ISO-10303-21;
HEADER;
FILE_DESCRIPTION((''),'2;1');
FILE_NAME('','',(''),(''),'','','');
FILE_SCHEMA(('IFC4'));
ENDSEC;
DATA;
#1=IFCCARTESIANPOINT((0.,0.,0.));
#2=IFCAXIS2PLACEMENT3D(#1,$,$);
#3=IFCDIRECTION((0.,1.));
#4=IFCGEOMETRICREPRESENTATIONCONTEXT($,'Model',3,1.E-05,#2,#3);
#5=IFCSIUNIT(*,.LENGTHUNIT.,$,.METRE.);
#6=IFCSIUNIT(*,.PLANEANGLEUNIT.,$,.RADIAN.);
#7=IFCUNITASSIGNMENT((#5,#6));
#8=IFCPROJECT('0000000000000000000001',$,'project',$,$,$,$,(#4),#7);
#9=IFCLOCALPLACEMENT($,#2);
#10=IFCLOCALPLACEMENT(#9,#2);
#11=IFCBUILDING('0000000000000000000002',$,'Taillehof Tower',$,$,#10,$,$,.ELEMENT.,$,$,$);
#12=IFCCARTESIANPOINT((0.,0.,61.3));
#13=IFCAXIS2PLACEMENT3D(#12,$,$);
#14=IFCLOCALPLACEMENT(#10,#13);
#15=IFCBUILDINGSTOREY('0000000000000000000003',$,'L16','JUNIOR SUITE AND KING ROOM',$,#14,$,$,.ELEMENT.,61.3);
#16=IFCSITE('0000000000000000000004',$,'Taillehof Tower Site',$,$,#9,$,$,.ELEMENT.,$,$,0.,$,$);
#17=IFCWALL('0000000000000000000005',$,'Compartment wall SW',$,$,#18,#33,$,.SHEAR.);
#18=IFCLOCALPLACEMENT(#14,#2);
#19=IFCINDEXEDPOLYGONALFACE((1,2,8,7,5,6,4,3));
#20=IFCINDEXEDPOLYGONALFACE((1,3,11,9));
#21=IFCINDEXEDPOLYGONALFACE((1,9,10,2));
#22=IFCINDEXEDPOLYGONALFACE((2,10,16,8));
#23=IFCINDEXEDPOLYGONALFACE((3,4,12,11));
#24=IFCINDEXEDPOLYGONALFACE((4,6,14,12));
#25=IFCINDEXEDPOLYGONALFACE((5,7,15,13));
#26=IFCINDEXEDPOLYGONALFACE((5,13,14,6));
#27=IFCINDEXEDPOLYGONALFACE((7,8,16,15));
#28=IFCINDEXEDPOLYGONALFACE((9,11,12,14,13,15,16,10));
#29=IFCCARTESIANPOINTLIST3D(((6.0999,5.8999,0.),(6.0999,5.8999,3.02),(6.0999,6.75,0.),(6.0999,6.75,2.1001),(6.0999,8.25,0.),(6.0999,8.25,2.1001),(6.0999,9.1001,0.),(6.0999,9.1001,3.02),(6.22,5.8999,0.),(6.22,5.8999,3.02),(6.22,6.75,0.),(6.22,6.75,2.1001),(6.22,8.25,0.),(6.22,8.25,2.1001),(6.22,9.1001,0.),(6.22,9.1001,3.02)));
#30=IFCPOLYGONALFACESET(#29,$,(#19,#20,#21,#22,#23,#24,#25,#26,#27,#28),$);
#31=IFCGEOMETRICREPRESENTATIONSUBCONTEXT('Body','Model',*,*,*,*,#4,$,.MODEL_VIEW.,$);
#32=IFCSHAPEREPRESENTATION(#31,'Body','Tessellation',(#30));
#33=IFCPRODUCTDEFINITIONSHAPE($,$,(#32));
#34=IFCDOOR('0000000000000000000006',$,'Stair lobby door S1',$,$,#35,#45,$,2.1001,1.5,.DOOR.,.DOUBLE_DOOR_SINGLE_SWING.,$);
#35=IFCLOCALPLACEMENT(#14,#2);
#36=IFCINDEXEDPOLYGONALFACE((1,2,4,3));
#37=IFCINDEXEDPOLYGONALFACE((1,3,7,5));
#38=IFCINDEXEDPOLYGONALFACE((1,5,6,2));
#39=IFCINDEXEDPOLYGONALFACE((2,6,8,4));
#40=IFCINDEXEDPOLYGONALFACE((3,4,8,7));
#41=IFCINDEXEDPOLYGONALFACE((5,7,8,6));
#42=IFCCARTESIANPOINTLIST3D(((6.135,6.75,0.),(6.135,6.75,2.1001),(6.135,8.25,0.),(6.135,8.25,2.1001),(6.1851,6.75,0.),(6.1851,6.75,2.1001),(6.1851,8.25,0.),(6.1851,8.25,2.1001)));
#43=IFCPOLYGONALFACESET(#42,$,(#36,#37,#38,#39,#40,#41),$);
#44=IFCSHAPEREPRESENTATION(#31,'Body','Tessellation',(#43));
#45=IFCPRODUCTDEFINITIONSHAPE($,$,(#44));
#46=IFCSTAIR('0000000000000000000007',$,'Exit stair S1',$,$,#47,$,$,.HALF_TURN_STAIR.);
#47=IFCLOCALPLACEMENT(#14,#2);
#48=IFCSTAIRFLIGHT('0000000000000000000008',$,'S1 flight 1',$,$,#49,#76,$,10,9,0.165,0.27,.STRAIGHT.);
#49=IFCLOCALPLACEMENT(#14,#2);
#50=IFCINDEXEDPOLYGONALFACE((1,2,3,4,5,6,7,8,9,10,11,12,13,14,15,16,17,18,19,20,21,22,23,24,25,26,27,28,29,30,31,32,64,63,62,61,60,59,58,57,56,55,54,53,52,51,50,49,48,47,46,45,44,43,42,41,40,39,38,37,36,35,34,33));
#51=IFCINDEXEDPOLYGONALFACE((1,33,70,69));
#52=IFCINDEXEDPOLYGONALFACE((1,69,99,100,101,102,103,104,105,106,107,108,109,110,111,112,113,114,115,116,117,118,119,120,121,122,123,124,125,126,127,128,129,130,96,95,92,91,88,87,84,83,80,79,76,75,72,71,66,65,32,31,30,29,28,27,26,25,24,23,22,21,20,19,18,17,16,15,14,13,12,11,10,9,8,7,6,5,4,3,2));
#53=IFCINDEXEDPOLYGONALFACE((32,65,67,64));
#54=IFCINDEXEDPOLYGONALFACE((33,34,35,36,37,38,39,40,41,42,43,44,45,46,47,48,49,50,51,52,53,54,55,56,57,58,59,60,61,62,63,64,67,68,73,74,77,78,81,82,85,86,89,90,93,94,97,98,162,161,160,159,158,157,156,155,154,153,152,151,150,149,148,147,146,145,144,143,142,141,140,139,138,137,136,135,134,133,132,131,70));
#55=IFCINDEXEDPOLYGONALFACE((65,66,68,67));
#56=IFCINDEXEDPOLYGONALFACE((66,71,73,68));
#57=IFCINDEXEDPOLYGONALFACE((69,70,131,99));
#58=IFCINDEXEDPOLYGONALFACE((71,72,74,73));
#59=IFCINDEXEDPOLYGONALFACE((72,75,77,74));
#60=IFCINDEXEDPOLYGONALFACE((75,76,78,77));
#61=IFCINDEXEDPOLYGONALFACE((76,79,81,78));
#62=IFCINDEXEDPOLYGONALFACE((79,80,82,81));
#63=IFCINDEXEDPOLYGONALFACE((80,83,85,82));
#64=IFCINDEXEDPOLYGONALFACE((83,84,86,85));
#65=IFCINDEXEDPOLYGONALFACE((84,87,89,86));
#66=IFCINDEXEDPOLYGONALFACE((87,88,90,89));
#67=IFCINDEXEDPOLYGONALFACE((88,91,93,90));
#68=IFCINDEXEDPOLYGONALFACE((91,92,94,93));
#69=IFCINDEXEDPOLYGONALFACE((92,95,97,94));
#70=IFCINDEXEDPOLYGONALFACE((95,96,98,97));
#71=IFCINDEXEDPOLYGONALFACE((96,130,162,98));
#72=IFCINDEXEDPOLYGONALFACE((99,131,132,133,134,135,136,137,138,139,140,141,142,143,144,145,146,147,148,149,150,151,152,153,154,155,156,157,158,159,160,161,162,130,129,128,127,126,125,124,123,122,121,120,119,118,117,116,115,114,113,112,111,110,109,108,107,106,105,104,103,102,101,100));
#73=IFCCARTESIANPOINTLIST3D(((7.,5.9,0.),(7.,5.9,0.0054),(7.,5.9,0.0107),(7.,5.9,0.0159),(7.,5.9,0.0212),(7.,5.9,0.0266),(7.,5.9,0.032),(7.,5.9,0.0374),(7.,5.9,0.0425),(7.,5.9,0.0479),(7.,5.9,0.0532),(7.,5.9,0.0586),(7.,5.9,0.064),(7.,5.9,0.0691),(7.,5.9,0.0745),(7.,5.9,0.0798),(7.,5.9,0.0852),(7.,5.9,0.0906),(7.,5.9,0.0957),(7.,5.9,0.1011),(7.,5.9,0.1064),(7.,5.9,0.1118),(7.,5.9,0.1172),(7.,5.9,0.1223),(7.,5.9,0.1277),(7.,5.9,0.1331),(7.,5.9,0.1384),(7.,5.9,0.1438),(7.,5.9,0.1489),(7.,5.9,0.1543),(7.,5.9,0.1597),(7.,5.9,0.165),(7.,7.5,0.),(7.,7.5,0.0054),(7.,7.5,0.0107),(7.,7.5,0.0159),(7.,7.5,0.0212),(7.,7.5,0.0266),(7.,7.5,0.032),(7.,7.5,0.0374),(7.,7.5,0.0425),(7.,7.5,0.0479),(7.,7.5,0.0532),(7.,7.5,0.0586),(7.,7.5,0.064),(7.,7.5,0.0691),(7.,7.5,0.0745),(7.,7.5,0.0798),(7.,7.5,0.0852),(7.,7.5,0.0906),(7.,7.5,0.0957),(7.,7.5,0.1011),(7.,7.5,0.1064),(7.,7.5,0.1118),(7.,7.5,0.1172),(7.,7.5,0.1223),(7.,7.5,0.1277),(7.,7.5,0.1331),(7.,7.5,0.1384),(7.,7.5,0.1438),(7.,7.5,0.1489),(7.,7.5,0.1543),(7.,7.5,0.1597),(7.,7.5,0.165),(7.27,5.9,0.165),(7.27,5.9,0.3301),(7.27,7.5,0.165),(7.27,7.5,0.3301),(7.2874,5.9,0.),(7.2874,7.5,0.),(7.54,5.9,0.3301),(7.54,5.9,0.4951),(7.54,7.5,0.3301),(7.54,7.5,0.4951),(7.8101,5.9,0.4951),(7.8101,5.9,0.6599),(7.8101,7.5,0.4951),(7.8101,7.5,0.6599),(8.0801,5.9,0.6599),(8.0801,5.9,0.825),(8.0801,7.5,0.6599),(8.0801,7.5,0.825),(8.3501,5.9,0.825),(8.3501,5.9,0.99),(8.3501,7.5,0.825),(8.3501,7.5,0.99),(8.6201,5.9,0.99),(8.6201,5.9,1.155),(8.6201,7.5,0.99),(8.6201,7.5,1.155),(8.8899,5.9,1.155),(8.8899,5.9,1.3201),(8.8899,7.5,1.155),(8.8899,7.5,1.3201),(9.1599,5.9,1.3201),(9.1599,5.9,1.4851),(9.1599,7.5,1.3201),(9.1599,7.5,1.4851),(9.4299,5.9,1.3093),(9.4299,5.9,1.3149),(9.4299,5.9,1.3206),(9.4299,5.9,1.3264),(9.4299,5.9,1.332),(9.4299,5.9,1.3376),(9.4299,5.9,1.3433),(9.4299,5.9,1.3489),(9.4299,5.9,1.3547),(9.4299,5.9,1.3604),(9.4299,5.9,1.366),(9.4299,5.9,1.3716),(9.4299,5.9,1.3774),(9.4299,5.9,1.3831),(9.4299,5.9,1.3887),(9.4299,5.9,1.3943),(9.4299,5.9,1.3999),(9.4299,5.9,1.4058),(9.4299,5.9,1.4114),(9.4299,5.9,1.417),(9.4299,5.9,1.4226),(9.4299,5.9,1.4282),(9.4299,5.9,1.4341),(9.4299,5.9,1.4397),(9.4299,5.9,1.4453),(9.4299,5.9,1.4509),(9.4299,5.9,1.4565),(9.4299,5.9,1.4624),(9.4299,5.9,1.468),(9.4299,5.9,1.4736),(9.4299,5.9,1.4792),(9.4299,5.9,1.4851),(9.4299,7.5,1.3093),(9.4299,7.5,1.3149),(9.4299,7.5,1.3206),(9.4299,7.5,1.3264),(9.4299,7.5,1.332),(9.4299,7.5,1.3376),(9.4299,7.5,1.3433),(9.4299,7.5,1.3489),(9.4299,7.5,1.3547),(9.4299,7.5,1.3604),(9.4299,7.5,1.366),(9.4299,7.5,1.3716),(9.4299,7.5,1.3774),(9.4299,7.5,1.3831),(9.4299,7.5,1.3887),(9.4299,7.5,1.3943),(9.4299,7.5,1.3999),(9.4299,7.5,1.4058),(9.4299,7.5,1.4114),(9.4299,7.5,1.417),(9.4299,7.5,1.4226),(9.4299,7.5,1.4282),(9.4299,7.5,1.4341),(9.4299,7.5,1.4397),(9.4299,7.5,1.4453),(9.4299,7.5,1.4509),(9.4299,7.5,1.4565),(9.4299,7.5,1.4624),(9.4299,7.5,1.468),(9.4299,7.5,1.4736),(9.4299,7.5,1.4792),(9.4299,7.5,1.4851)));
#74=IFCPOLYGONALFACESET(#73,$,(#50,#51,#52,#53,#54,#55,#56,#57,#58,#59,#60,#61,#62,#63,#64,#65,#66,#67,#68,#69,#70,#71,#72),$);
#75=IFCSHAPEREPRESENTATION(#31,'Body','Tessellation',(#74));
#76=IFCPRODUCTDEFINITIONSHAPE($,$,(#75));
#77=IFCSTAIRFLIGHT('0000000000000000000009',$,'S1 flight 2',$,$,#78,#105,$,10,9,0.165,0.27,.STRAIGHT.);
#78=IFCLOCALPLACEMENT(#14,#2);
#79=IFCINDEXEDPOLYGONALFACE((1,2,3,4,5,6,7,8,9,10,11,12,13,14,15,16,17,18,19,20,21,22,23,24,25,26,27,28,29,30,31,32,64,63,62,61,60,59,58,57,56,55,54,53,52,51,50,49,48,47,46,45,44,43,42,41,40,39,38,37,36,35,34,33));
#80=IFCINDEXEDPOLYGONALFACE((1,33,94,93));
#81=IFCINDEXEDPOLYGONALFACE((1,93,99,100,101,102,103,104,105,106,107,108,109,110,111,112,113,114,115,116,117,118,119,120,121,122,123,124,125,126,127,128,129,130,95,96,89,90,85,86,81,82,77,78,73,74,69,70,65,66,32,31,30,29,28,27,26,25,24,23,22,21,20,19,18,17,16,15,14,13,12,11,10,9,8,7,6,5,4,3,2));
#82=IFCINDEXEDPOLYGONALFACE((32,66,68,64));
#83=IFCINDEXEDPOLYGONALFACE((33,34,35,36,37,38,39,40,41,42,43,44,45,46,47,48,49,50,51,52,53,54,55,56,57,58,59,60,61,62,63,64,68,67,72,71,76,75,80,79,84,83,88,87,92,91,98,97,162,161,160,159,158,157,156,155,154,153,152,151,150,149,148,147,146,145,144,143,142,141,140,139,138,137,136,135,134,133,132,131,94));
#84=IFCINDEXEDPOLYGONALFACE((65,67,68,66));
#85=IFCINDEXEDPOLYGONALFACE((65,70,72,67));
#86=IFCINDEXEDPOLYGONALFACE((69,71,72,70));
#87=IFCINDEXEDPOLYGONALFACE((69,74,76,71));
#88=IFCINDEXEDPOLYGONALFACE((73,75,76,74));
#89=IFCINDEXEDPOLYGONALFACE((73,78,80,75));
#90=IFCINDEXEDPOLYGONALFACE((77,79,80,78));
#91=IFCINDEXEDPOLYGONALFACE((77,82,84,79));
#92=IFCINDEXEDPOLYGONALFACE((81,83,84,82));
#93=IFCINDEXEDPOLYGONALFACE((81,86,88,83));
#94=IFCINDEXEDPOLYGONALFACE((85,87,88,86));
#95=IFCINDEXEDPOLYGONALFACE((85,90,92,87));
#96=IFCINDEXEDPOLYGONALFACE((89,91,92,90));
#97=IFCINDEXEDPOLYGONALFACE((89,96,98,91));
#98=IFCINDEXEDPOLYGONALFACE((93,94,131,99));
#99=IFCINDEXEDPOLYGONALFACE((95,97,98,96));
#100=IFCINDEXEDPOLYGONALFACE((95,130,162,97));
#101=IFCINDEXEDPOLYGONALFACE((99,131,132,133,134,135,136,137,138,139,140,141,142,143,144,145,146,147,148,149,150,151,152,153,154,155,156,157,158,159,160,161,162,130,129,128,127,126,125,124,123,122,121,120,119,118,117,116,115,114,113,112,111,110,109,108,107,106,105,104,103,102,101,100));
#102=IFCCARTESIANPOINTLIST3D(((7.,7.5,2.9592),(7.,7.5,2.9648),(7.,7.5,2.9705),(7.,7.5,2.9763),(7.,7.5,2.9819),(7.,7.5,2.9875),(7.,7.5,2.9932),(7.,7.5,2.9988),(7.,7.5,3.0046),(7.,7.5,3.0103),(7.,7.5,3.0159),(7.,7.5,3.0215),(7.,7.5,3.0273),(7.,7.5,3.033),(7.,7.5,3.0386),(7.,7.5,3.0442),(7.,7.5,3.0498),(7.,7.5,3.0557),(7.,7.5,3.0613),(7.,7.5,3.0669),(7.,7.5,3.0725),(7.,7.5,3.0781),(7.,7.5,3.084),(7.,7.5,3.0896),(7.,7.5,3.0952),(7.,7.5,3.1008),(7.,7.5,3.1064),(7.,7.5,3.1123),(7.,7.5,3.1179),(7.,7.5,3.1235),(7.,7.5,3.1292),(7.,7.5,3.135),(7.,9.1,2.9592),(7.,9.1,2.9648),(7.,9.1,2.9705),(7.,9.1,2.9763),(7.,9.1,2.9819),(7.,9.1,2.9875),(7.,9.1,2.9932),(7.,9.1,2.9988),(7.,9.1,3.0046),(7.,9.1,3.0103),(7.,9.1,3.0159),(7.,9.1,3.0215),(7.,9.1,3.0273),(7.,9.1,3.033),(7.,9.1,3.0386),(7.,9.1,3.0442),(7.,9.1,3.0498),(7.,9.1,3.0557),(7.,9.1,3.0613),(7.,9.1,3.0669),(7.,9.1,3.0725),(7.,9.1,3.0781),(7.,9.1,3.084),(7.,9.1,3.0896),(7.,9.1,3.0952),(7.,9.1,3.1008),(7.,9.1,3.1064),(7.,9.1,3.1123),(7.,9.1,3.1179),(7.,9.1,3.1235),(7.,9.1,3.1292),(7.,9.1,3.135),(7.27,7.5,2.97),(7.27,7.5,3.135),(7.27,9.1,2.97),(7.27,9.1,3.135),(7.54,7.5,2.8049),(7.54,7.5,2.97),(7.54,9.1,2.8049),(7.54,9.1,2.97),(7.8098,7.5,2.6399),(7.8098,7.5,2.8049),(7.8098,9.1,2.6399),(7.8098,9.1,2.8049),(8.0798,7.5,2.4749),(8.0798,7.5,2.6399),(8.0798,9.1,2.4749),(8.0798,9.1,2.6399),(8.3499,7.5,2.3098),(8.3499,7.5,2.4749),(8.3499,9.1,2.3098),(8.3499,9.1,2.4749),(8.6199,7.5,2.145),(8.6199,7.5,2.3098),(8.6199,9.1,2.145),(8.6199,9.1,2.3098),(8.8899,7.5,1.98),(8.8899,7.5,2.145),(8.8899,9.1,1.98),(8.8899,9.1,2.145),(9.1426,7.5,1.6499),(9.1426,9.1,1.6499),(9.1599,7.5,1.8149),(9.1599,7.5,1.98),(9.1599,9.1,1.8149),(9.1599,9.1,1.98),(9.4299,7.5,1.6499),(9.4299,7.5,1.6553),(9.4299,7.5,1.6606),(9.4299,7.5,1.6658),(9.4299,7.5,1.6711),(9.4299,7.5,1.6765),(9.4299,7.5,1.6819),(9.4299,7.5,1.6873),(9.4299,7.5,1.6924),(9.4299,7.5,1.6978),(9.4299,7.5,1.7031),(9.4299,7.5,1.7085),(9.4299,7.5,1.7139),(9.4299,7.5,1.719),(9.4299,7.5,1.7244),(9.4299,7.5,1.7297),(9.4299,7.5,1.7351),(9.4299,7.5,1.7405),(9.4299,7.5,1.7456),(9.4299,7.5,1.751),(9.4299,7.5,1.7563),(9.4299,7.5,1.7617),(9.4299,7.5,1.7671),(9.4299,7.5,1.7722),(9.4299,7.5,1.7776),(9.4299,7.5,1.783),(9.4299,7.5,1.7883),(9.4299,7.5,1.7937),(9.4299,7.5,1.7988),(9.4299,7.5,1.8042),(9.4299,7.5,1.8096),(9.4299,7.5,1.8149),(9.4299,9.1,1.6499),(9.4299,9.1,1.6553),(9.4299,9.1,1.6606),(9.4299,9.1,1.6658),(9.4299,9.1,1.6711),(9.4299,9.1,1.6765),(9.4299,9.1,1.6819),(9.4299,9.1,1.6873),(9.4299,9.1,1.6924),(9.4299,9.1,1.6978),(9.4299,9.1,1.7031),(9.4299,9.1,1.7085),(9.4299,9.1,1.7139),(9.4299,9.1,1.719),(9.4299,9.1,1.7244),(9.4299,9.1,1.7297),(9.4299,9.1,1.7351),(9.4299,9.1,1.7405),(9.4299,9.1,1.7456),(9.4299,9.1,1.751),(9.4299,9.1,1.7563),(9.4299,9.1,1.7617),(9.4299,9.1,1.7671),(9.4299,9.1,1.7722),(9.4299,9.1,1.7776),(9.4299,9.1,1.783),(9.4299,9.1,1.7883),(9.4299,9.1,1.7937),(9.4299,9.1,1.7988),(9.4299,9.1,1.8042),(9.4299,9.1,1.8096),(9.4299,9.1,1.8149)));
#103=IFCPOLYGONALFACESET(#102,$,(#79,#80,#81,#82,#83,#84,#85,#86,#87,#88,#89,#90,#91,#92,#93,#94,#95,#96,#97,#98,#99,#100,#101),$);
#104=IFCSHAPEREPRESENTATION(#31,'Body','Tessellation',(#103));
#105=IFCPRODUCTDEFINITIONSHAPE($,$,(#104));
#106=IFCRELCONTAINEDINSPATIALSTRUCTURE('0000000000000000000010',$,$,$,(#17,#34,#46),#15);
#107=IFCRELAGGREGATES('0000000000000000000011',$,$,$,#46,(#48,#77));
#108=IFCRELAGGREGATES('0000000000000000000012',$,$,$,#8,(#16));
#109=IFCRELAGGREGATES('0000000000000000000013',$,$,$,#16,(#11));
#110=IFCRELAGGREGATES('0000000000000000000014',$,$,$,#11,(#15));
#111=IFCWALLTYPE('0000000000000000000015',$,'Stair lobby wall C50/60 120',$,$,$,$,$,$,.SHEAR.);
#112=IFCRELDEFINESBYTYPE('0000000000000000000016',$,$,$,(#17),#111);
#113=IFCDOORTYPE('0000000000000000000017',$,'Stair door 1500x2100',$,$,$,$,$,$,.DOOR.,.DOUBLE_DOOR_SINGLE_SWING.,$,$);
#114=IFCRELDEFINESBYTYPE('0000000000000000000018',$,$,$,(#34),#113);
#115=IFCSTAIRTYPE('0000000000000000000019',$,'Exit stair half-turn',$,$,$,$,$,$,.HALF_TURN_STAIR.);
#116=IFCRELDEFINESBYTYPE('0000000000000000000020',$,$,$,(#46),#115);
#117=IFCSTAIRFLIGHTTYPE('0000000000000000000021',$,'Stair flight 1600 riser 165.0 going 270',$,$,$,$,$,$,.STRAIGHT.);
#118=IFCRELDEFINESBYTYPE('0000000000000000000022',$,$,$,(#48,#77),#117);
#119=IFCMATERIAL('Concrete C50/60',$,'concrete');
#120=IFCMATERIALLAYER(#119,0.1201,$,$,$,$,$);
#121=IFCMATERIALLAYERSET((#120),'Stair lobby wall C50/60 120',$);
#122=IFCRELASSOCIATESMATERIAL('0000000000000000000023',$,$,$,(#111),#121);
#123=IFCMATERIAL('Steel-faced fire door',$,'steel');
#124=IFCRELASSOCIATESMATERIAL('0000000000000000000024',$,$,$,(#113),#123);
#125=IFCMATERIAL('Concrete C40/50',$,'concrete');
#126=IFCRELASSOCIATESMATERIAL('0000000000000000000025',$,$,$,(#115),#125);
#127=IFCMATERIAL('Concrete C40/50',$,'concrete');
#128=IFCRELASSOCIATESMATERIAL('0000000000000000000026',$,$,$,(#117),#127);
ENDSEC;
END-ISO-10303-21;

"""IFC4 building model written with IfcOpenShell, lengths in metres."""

from ifc_helpers import new_model, si_unit, direction, frame, frame_2d, origin, place, context, subcontext, project, spatial, polyline, rectangle, outline, extrude, material, layer, layer_set, type_object, element, fill, aggregate, save


model = new_model("IFC4")

# Units and contexts
model_context = context("Model", 3, precision=1e-05, world=origin(), true_north=direction((0.0, 1.0)))
body_context = subcontext(model_context, "Body", "Model", "MODEL_VIEW")
ifc_project = project(units=[si_unit("LENGTHUNIT", "METRE"), si_unit("PLANEANGLEUNIT", "RADIAN")], contexts=[model_context])

# Site, building, storey
site_placement = place(None, origin())
site = spatial("IfcSite", under=ifc_project, at=site_placement, Name="Taillehof Tower Site", CompositionType="ELEMENT", RefElevation=0.0)
building_placement = place(site_placement, origin())
building = spatial("IfcBuilding", under=site, at=building_placement, Name="Taillehof Tower", CompositionType="ELEMENT")
storey_placement = place(building_placement, frame((0.0, 0.0, 61.3)))
storey = spatial("IfcBuildingStorey", under=building, at=storey_placement, Name="L16", Description="JUNIOR SUITE AND KING ROOM", CompositionType="ELEMENT", Elevation=61.3)

# Wall, opening, door
ifc_material_1 = material(Name="Concrete C50/60", Category="concrete")
ifc_layer_1 = layer(ifc_material_1, 0.1201)
ifc_layer_set_1 = layer_set([ifc_layer_1], Name="Stair lobby wall C50/60 120")
wall_type_1 = type_object("IfcWallType", Name="Stair lobby wall C50/60 120", PredefinedType="SHEAR", material=ifc_layer_set_1)
wall_1_placement = place(storey_placement, frame((6.1599, 5.8999, 0.0), z_axis=(0.0, 0.0, 1.0), x_axis=(0.0, 1.0, 0.0)))
wall_1 = element("IfcWall", 1, at=wall_1_placement, inside=storey, type_object=wall_type_1, Name="Compartment wall SW", PredefinedType="SHEAR", context=body_context, shape_type="SweptSolid", body=[
    extrude(rectangle(XDim=3.2002, YDim=0.1201, at=frame_2d((1.6001, 0.0))), origin(), (0.0, 0.0, 1.0), 3.02),
])
opening_1_placement = place(wall_1_placement, frame((0.8501, 0.0, 0.0)))
opening_1 = element("IfcOpeningElement", 2, at=opening_1_placement, cuts=wall_1, PredefinedType="OPENING", context=body_context, shape_type="SweptSolid", body=[
    extrude(rectangle(XDim=1.5, YDim=2.1001, at=frame_2d((0.75, 1.05))), frame((0.0, 0.0701, 0.0), z_axis=(0.0, -1.0, 0.0), x_axis=(1.0, 0.0, 0.0)), (0.0, 0.0, 1.0), 0.1401),
])
ifc_material_2 = material(Name="Steel-faced fire door", Category="steel")
door_type_1 = type_object("IfcDoorType", Name="Stair door 1500x2100", OperationType="DOUBLE_DOOR_SINGLE_SWING", PredefinedType="DOOR", material=ifc_material_2)
door_1_placement = place(opening_1_placement, origin())
door_1 = element("IfcDoor", 3, at=door_1_placement, inside=storey, type_object=door_type_1, Name="Stair lobby door S1", OperationType="DOUBLE_DOOR_SINGLE_SWING", OverallHeight=2.1001, OverallWidth=1.5, PredefinedType="DOOR", context=body_context, shape_type="SweptSolid", body=[
    extrude(rectangle(XDim=1.5, YDim=2.1001, at=frame_2d((0.75, 1.05))), frame((0.0, 0.0249, 0.0), z_axis=(0.0, -1.0, 0.0), x_axis=(1.0, 0.0, 0.0)), (0.0, 0.0, 1.0), 0.05),
])
fill(opening_1, door_1)

# Stair, stair flights
ifc_material_3 = material(Name="Concrete C40/50", Category="concrete")
stair_type = type_object("IfcStairType", Name="Exit stair half-turn", PredefinedType="HALF_TURN_STAIR", material=ifc_material_3)
stair_placement = place(storey_placement, origin())
stair = element("IfcStair", 4, at=stair_placement, inside=storey, type_object=stair_type, Name="Exit stair S1", PredefinedType="HALF_TURN_STAIR")
ifc_material_4 = material(Name="Concrete C40/50", Category="concrete")
stair_flight_type = type_object("IfcStairFlightType", Name="Stair flight 1600 riser 165.0 going 270", PredefinedType="STRAIGHT", material=ifc_material_4)
stair_flight_1_placement = place(storey_placement, frame((7.0, 6.7, 0.0), z_axis=(0.0, 0.0, 1.0), x_axis=(1.0, 0.0, 0.0)))
stair_flight_1 = element("IfcStairFlight", 5, at=stair_flight_1_placement, type_object=stair_flight_type, Name="S1 flight 1", NumberOfRisers=10, NumberOfTreads=9, PredefinedType="STRAIGHT", RiserHeight=0.165, TreadLength=0.27, context=body_context, shape_type="SweptSolid", body=[
    extrude(outline(polyline([(0.0, 0.0), (0.0, 0.0054), (0.0, 0.0107), (0.0, 0.0159), (0.0, 0.0212), (0.0, 0.0266), (0.0, 0.032), (0.0, 0.0374), (0.0, 0.0425), (0.0, 0.0479), (0.0, 0.0532), (0.0, 0.0586), (0.0, 0.064), (0.0, 0.0691), (0.0, 0.0745), (0.0, 0.0798), (0.0, 0.0852), (0.0, 0.0906), (0.0, 0.0957), (0.0, 0.1011), (0.0, 0.1064), (0.0, 0.1118), (0.0, 0.1172), (0.0, 0.1223), (0.0, 0.1277), (0.0, 0.1331), (0.0, 0.1384), (0.0, 0.1438), (0.0, 0.1489), (0.0, 0.1543), (0.0, 0.1597), (0.0, 0.165), (0.27, 0.165), (0.27, 0.3301), (0.54, 0.3301), (0.54, 0.4951), (0.8101, 0.4951), (0.8101, 0.6599), (1.0801, 0.6599), (1.0801, 0.825), (1.3501, 0.825), (1.3501, 0.99), (1.6201, 0.99), (1.6201, 1.155), (1.8899, 1.155), (1.8899, 1.3201), (2.1599, 1.3201), (2.1599, 1.4851), (2.4299, 1.4851), (2.4299, 1.4792), (2.4299, 1.4736), (2.4299, 1.468), (2.4299, 1.4624), (2.4299, 1.4565), (2.4299, 1.4509), (2.4299, 1.4453), (2.4299, 1.4397), (2.4299, 1.4341), (2.4299, 1.4282), (2.4299, 1.4226), (2.4299, 1.417), (2.4299, 1.4114), (2.4299, 1.4058), (2.4299, 1.3999), (2.4299, 1.3943), (2.4299, 1.3887), (2.4299, 1.3831), (2.4299, 1.3774), (2.4299, 1.3716), (2.4299, 1.366), (2.4299, 1.3604), (2.4299, 1.3547), (2.4299, 1.3489), (2.4299, 1.3433), (2.4299, 1.3376), (2.4299, 1.332), (2.4299, 1.3264), (2.4299, 1.3206), (2.4299, 1.3149), (2.4299, 1.3093), (0.2874, 0.0), (0.0, 0.0)])), frame((0.0, 0.8, 0.0), z_axis=(0.0, -1.0, 0.0), x_axis=(1.0, 0.0, 0.0)), (0.0, 0.0, 1.0), 1.6),
])
stair_flight_2_placement = place(storey_placement, frame((9.4299, 8.3, 1.6499), z_axis=(0.0, 0.0, 1.0), x_axis=(-1.0, 0.0, 0.0)))
stair_flight_2 = element("IfcStairFlight", 6, at=stair_flight_2_placement, type_object=stair_flight_type, Name="S1 flight 2", NumberOfRisers=10, NumberOfTreads=9, PredefinedType="STRAIGHT", RiserHeight=0.165, TreadLength=0.27, context=body_context, shape_type="SweptSolid", body=[
    extrude(outline(polyline([(0.0, 0.0), (0.0, 0.0054), (0.0, 0.0107), (0.0, 0.0159), (0.0, 0.0212), (0.0, 0.0266), (0.0, 0.032), (0.0, 0.0374), (0.0, 0.0425), (0.0, 0.0479), (0.0, 0.0532), (0.0, 0.0586), (0.0, 0.064), (0.0, 0.0691), (0.0, 0.0745), (0.0, 0.0798), (0.0, 0.0852), (0.0, 0.0906), (0.0, 0.0957), (0.0, 0.1011), (0.0, 0.1064), (0.0, 0.1118), (0.0, 0.1172), (0.0, 0.1223), (0.0, 0.1277), (0.0, 0.1331), (0.0, 0.1384), (0.0, 0.1438), (0.0, 0.1489), (0.0, 0.1543), (0.0, 0.1597), (0.0, 0.165), (0.27, 0.165), (0.27, 0.3301), (0.54, 0.3301), (0.54, 0.4951), (0.8101, 0.4951), (0.8101, 0.6599), (1.0801, 0.6599), (1.0801, 0.825), (1.3501, 0.825), (1.3501, 0.99), (1.6201, 0.99), (1.6201, 1.155), (1.8899, 1.155), (1.8899, 1.3201), (2.1599, 1.3201), (2.1599, 1.4851), (2.4299, 1.4851), (2.4299, 1.4792), (2.4299, 1.4736), (2.4299, 1.468), (2.4299, 1.4624), (2.4299, 1.4565), (2.4299, 1.4509), (2.4299, 1.4453), (2.4299, 1.4397), (2.4299, 1.4341), (2.4299, 1.4282), (2.4299, 1.4226), (2.4299, 1.417), (2.4299, 1.4114), (2.4299, 1.4058), (2.4299, 1.3999), (2.4299, 1.3943), (2.4299, 1.3887), (2.4299, 1.3831), (2.4299, 1.3774), (2.4299, 1.3716), (2.4299, 1.366), (2.4299, 1.3604), (2.4299, 1.3547), (2.4299, 1.3489), (2.4299, 1.3433), (2.4299, 1.3376), (2.4299, 1.332), (2.4299, 1.3264), (2.4299, 1.3206), (2.4299, 1.3149), (2.4299, 1.3093), (0.2874, 0.0), (0.0, 0.0)])), frame((0.0, 0.8, 0.0), z_axis=(0.0, -1.0, 0.0), x_axis=(1.0, 0.0, 0.0)), (0.0, 0.0, 1.0), 1.6),
])
aggregate(stair, [stair_flight_1, stair_flight_2])

save(model, "model.ifc")
